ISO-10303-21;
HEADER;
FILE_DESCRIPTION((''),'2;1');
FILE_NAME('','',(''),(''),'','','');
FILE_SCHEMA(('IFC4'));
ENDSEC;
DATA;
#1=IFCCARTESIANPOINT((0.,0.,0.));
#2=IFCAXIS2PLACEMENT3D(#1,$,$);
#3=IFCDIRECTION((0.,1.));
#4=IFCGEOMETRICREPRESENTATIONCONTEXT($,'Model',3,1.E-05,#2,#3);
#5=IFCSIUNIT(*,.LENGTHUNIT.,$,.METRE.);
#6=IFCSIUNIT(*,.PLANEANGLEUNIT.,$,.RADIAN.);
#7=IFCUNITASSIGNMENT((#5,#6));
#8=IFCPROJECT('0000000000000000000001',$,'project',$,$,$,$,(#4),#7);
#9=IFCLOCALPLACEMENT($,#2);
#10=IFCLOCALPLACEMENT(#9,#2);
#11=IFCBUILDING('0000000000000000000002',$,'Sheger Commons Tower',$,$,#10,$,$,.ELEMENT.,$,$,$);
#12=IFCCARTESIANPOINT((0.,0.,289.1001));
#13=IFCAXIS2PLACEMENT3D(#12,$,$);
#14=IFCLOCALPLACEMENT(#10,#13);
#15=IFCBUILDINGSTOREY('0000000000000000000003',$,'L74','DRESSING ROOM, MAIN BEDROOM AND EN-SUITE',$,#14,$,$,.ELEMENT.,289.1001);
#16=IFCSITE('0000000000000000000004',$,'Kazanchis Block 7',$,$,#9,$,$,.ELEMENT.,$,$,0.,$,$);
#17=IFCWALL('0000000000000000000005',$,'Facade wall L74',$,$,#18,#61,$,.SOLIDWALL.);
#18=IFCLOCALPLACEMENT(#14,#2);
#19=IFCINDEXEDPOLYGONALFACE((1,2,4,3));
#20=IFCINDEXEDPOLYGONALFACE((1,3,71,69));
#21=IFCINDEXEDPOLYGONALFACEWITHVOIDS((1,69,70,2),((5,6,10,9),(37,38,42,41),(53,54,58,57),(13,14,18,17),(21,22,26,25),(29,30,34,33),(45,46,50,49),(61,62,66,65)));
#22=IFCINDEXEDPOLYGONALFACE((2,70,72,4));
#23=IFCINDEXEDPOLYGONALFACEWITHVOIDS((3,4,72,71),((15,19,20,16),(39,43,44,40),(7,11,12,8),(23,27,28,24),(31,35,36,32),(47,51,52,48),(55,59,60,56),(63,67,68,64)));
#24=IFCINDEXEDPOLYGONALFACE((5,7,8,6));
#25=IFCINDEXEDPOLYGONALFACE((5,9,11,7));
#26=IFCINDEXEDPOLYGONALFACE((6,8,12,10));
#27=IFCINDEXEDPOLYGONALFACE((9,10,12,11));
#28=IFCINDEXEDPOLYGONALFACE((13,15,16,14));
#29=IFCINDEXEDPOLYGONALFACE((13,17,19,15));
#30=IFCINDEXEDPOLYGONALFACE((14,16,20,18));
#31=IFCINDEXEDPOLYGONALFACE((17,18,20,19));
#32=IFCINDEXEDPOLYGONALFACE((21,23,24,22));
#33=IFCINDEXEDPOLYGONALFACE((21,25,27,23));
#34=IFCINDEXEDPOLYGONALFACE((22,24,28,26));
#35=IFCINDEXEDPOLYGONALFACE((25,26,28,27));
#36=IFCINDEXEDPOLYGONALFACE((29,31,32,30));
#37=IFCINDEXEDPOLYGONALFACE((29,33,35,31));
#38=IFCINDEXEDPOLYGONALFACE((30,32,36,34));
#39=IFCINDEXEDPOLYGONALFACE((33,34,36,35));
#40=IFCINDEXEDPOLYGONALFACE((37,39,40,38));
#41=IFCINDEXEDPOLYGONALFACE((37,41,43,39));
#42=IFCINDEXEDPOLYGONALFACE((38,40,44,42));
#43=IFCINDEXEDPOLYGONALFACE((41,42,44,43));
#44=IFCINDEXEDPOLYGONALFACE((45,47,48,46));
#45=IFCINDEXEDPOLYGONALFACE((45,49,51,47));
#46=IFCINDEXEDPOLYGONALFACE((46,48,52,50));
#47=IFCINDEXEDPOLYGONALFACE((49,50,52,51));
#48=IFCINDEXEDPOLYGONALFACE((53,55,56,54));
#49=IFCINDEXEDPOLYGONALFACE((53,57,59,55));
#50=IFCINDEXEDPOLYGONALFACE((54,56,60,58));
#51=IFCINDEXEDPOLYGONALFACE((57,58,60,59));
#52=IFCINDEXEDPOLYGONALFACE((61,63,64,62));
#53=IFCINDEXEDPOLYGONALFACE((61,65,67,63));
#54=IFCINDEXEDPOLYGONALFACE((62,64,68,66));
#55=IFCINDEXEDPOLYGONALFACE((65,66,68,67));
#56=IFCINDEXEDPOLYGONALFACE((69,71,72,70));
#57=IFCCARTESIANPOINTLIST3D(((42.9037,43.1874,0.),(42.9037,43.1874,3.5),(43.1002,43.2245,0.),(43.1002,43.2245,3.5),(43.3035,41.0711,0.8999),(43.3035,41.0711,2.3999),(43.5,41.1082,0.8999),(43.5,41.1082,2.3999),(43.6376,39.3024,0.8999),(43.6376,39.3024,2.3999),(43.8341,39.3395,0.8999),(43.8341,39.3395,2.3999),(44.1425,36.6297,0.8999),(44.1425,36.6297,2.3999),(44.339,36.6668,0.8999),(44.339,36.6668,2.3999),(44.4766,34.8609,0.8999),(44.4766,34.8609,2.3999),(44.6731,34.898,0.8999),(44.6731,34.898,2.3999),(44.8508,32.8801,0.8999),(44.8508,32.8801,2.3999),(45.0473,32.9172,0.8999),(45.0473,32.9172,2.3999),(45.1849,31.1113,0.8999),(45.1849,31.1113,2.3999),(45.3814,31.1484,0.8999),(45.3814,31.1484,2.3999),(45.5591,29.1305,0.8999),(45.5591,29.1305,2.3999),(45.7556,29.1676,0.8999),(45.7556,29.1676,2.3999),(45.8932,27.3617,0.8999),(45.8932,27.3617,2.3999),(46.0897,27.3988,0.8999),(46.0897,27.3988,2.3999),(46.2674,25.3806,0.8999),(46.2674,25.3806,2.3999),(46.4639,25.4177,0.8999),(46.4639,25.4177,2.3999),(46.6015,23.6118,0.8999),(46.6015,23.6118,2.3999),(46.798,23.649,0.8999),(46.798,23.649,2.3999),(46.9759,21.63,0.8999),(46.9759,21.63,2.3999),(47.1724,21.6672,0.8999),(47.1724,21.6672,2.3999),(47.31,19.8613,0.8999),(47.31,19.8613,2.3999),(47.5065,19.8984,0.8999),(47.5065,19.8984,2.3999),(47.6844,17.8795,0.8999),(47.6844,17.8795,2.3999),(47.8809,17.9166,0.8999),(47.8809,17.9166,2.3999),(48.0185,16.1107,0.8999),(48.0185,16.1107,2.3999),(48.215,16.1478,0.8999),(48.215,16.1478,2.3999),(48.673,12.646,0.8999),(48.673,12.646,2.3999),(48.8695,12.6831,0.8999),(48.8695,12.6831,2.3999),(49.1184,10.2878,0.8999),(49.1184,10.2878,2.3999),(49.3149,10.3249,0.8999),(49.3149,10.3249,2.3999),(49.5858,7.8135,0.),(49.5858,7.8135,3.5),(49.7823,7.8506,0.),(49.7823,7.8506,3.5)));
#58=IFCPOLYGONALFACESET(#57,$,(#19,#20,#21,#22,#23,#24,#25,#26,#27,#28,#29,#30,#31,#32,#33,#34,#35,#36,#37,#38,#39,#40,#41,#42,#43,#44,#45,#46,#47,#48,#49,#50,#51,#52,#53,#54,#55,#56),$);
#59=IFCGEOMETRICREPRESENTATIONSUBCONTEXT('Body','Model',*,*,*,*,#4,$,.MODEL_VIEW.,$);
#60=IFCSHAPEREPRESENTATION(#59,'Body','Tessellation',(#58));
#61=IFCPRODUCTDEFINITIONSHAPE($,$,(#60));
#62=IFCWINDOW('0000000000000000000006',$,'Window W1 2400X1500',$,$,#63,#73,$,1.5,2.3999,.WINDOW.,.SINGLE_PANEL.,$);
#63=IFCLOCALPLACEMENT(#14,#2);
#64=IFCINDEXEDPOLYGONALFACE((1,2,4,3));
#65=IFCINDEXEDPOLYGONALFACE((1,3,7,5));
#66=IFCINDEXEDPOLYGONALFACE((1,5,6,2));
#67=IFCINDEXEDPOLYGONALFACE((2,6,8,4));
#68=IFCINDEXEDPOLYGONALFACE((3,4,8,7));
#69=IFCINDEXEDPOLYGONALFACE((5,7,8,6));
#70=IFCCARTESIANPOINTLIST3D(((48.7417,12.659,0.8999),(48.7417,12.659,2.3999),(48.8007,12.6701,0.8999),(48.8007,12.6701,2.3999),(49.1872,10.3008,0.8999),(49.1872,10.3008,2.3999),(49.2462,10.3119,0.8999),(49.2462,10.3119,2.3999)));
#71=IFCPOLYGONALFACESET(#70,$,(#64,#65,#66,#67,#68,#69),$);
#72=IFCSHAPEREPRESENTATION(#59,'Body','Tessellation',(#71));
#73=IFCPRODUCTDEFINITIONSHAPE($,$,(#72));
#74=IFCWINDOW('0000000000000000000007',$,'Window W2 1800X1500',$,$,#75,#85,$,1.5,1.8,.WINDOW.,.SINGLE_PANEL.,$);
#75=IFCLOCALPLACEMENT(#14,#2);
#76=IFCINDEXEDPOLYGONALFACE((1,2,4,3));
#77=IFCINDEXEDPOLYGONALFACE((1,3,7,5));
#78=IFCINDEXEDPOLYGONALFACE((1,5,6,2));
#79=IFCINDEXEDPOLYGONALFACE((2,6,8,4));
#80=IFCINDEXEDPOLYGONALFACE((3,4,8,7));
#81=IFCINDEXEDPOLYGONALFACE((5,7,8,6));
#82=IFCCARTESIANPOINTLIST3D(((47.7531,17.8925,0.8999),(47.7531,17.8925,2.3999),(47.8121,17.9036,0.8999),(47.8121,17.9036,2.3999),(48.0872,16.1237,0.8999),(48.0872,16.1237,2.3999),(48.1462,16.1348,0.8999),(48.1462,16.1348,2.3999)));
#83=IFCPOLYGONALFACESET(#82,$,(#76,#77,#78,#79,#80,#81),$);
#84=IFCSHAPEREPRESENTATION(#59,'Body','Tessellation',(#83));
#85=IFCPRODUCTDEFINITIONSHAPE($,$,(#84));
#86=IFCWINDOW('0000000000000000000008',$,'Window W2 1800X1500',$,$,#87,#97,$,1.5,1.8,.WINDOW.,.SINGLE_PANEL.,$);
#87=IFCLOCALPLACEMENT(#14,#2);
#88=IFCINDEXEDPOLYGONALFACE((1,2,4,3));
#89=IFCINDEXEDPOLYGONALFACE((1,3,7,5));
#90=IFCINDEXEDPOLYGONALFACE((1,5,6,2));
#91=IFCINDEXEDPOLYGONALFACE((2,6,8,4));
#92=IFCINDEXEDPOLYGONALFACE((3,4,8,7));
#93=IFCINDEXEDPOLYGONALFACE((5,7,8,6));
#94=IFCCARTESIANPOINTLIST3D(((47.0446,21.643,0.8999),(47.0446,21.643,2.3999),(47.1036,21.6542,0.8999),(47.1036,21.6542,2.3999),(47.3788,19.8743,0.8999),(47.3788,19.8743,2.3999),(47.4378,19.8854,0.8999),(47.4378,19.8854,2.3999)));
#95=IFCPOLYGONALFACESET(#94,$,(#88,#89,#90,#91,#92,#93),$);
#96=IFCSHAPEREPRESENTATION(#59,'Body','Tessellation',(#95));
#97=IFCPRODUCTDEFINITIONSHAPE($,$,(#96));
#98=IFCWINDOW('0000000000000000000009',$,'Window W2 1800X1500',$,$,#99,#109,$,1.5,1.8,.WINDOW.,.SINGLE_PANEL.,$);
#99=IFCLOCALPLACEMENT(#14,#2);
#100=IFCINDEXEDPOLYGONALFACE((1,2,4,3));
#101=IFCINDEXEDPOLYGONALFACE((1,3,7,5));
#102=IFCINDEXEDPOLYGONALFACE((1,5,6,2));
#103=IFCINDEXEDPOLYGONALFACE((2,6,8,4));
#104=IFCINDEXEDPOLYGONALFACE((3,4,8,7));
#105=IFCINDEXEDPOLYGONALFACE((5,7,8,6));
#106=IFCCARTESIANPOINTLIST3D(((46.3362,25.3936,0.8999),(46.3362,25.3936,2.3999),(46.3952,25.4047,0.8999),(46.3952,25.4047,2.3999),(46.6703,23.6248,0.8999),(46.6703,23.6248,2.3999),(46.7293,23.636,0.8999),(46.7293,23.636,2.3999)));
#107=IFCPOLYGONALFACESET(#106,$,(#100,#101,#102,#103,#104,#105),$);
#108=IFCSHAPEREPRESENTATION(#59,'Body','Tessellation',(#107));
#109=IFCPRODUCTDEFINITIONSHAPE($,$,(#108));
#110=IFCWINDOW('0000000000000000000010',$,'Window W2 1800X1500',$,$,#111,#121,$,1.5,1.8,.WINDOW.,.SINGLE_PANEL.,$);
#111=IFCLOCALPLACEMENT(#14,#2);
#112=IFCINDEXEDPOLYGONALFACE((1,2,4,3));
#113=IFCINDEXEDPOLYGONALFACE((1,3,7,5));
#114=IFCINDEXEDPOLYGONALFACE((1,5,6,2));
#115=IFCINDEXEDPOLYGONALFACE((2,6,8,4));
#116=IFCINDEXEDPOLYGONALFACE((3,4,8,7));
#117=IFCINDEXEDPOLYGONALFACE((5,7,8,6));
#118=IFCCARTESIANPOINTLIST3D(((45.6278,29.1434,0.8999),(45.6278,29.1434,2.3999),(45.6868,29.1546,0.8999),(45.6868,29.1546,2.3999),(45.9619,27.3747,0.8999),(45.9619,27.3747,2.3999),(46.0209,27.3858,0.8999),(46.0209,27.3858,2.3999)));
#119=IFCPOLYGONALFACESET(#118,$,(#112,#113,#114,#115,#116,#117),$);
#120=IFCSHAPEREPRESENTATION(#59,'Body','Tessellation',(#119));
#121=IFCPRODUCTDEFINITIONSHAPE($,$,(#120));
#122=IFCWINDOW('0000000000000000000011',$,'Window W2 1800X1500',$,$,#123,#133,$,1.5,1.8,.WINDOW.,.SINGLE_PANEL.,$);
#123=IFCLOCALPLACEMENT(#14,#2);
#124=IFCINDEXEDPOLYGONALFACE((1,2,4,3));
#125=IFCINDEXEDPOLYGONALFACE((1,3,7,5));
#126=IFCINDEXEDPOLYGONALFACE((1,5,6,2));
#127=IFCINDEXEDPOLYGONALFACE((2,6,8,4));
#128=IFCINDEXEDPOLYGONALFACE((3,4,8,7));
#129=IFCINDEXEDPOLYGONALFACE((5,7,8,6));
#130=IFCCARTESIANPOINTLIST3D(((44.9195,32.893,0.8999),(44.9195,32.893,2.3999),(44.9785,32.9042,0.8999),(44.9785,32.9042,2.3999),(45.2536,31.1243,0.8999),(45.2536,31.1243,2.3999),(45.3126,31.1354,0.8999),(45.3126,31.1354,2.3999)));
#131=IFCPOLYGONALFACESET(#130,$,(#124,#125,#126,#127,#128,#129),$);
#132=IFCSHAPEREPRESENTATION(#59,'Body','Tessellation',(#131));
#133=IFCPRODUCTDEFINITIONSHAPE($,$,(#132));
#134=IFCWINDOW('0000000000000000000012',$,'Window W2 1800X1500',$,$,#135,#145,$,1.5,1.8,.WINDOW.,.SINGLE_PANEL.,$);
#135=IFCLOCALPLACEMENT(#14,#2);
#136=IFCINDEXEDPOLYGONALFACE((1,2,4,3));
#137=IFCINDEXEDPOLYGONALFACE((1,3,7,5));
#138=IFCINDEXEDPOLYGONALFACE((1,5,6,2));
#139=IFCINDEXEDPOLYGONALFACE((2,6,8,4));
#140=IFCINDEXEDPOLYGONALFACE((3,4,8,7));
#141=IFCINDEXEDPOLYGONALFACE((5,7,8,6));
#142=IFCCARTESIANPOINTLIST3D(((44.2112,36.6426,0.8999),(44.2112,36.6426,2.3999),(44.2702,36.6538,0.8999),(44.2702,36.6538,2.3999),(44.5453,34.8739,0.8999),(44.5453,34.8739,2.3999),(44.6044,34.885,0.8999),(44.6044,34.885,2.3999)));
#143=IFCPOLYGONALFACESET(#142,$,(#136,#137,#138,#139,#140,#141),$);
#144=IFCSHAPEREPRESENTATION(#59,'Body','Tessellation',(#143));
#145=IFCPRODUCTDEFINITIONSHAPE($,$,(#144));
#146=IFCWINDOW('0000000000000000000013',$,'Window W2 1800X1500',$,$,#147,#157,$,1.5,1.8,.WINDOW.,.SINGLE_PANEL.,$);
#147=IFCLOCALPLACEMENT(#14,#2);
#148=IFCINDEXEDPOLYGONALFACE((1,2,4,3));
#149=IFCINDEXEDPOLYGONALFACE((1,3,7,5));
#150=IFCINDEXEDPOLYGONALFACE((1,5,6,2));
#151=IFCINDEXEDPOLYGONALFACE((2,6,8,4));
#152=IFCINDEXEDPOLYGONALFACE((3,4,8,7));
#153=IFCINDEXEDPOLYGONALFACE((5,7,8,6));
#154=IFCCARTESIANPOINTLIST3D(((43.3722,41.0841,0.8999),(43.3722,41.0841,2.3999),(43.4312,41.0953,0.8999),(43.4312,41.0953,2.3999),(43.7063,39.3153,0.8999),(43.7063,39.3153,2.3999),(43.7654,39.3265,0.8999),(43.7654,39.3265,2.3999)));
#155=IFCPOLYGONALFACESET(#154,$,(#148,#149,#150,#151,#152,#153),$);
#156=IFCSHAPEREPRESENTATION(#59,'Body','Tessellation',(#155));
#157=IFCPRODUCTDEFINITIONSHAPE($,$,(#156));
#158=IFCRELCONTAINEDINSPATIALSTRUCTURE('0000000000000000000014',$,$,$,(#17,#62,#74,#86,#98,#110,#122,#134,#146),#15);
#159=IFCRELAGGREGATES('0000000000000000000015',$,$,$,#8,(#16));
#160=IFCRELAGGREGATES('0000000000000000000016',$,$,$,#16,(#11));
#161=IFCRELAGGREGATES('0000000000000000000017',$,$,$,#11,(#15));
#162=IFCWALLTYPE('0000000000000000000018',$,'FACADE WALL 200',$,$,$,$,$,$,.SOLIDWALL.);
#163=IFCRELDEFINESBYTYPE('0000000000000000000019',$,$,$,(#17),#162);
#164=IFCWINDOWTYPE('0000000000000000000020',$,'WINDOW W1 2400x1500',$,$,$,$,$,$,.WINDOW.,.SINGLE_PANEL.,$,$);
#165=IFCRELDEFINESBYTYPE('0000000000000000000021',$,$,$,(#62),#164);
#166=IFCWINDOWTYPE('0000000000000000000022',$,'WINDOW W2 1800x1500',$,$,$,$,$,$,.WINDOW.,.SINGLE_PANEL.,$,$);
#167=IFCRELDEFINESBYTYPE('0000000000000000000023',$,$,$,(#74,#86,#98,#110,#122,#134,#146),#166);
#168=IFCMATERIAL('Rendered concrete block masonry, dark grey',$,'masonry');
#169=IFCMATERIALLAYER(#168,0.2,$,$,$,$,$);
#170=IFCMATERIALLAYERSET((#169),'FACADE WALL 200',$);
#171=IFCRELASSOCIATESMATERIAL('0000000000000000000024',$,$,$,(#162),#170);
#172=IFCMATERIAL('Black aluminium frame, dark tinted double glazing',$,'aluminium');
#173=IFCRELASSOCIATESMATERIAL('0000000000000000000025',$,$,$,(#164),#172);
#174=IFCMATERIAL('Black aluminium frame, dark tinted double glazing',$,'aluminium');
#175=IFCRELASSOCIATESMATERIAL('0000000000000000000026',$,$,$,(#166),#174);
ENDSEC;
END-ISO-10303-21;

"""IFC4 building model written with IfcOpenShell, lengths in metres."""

from ifc_helpers import new_model, si_unit, direction, frame, frame_2d, origin, place, context, subcontext, project, spatial, rectangle, extrude, material, layer, layer_set, type_object, element, fill, save


model = new_model("IFC4")

# Units and contexts
model_context = context("Model", 3, precision=1e-05, world=origin(), true_north=direction((0.0, 1.0)))
body_context = subcontext(model_context, "Body", "Model", "MODEL_VIEW")
ifc_project = project(units=[si_unit("LENGTHUNIT", "METRE"), si_unit("PLANEANGLEUNIT", "RADIAN")], contexts=[model_context])

# Site, building, storey
site_placement = place(None, origin())
site = spatial("IfcSite", under=ifc_project, at=site_placement, Name="Kazanchis Block 7", CompositionType="ELEMENT", RefElevation=0.0)
building_placement = place(site_placement, origin())
building = spatial("IfcBuilding", under=site, at=building_placement, Name="Sheger Commons Tower", CompositionType="ELEMENT")
storey_placement = place(building_placement, frame((0.0, 0.0, 289.1001)))
storey = spatial("IfcBuildingStorey", under=building, at=storey_placement, Name="L74", Description="DRESSING ROOM, MAIN BEDROOM AND EN-SUITE", CompositionType="ELEMENT", Elevation=289.1001)

# Shared definitions
ifc_material_1 = material(Name="Rendered concrete block masonry, dark grey", Category="masonry")
ifc_layer_1 = layer(ifc_material_1, 0.2)
ifc_layer_set_1 = layer_set([ifc_layer_1], Name="FACADE WALL 200")
wall_type_1 = type_object("IfcWallType", Name="FACADE WALL 200", PredefinedType="SOLIDWALL", material=ifc_layer_set_1)

# Wall, openings, windows
wall_1_placement = place(storey_placement, frame((49.6841, 7.832, 0.0), z_axis=(0.0, 0.0, 1.0), x_axis=(-0.185617, 0.982622, 0.0)))
wall_1 = element("IfcWall", 1, at=wall_1_placement, inside=storey, type_object=wall_type_1, Name="Facade wall L74", PredefinedType="SOLIDWALL", context=body_context, shape_type="SweptSolid", body=[
    extrude(rectangle(XDim=35.9995, YDim=0.2, at=frame_2d((17.9998, 0.0))), origin(), (0.0, 0.0, 1.0), 3.5),
])
opening_1_placement = place(wall_1_placement, frame((2.5181, 0.0, 0.8999)))
opening_1 = element("IfcOpeningElement", 2, at=opening_1_placement, cuts=wall_1, PredefinedType="OPENING", context=body_context, shape_type="SweptSolid", body=[
    extrude(rectangle(XDim=2.3999, YDim=1.5, at=frame_2d((1.2, 0.75))), frame((0.0, 0.1099, 0.0), z_axis=(0.0, -1.0, 0.0), x_axis=(1.0, 0.0, 0.0)), (0.0, 0.0, 1.0), 0.22),
])
opening_2_placement = place(wall_1_placement, frame((8.4441, 0.0, 0.8999)))
opening_2 = element("IfcOpeningElement", 3, at=opening_2_placement, cuts=wall_1, PredefinedType="OPENING", context=body_context, shape_type="SweptSolid", body=[
    extrude(rectangle(XDim=1.8, YDim=1.5, at=frame_2d((0.8999, 0.75))), frame((0.0, 0.1099, 0.0), z_axis=(0.0, -1.0, 0.0), x_axis=(1.0, 0.0, 0.0)), (0.0, 0.0, 1.0), 0.22),
])
opening_3_placement = place(wall_1_placement, frame((12.261, 0.0, 0.8999)))
opening_3 = element("IfcOpeningElement", 4, at=opening_3_placement, cuts=wall_1, PredefinedType="OPENING", context=body_context, shape_type="SweptSolid", body=[
    extrude(rectangle(XDim=1.8, YDim=1.5, at=frame_2d((0.8999, 0.75))), frame((0.0, 0.1099, 0.0), z_axis=(0.0, -1.0, 0.0), x_axis=(1.0, 0.0, 0.0)), (0.0, 0.0, 1.0), 0.22),
])
opening_4_placement = place(wall_1_placement, frame((16.0779, 0.0, 0.8999)))
opening_4 = element("IfcOpeningElement", 5, at=opening_4_placement, cuts=wall_1, PredefinedType="OPENING", context=body_context, shape_type="SweptSolid", body=[
    extrude(rectangle(XDim=1.8, YDim=1.5, at=frame_2d((0.8999, 0.75))), frame((0.0, 0.1099, 0.0), z_axis=(0.0, -1.0, 0.0), x_axis=(1.0, 0.0, 0.0)), (0.0, 0.0, 1.0), 0.22),
])
opening_5_placement = place(wall_1_placement, frame((19.894, 0.0, 0.8999)))
opening_5 = element("IfcOpeningElement", 6, at=opening_5_placement, cuts=wall_1, PredefinedType="OPENING", context=body_context, shape_type="SweptSolid", body=[
    extrude(rectangle(XDim=1.8, YDim=1.5, at=frame_2d((0.8999, 0.75))), frame((0.0, 0.1099, 0.0), z_axis=(0.0, -1.0, 0.0), x_axis=(1.0, 0.0, 0.0)), (0.0, 0.0, 1.0), 0.22),
])
opening_6_placement = place(wall_1_placement, frame((23.71, 0.0, 0.8999)))
opening_6 = element("IfcOpeningElement", 7, at=opening_6_placement, cuts=wall_1, PredefinedType="OPENING", context=body_context, shape_type="SweptSolid", body=[
    extrude(rectangle(XDim=1.8, YDim=1.5, at=frame_2d((0.8999, 0.75))), frame((0.0, 0.1099, 0.0), z_axis=(0.0, -1.0, 0.0), x_axis=(1.0, 0.0, 0.0)), (0.0, 0.0, 1.0), 0.22),
])
opening_7_placement = place(wall_1_placement, frame((27.5259, 0.0, 0.8999)))
opening_7 = element("IfcOpeningElement", 8, at=opening_7_placement, cuts=wall_1, PredefinedType="OPENING", context=body_context, shape_type="SweptSolid", body=[
    extrude(rectangle(XDim=1.8, YDim=1.5, at=frame_2d((0.8999, 0.75))), frame((0.0, 0.1099, 0.0), z_axis=(0.0, -1.0, 0.0), x_axis=(1.0, 0.0, 0.0)), (0.0, 0.0, 1.0), 0.22),
])
opening_8_placement = place(wall_1_placement, frame((32.0459, 0.0, 0.8999)))
opening_8 = element("IfcOpeningElement", 9, at=opening_8_placement, cuts=wall_1, PredefinedType="OPENING", context=body_context, shape_type="SweptSolid", body=[
    extrude(rectangle(XDim=1.8, YDim=1.5, at=frame_2d((0.8999, 0.75))), frame((0.0, 0.1099, 0.0), z_axis=(0.0, -1.0, 0.0), x_axis=(1.0, 0.0, 0.0)), (0.0, 0.0, 1.0), 0.22),
])
ifc_material_2 = material(Name="Black aluminium frame, dark tinted double glazing", Category="aluminium")
window_type_1 = type_object("IfcWindowType", Name="WINDOW W1 2400x1500", PartitioningType="SINGLE_PANEL", PredefinedType="WINDOW", material=ifc_material_2)
window_1_placement = place(opening_1_placement, origin())
window_1 = element("IfcWindow", 10, at=window_1_placement, inside=storey, type_object=window_type_1, Name="Window W1 2400X1500", OverallHeight=1.5, OverallWidth=2.3999, PartitioningType="SINGLE_PANEL", PredefinedType="WINDOW", context=body_context, shape_type="SweptSolid", body=[
    extrude(rectangle(XDim=2.3999, YDim=1.5, at=frame_2d((1.2, 0.75))), frame((0.0, 0.03, 0.0), z_axis=(0.0, -1.0, 0.0), x_axis=(1.0, 0.0, 0.0)), (0.0, 0.0, 1.0), 0.0601),
])
fill(opening_1, window_1)
ifc_material_3 = material(Name="Black aluminium frame, dark tinted double glazing", Category="aluminium")
window_type_2 = type_object("IfcWindowType", Name="WINDOW W2 1800x1500", PartitioningType="SINGLE_PANEL", PredefinedType="WINDOW", material=ifc_material_3)
window_2_placement = place(opening_2_placement, origin())
window_2 = element("IfcWindow", 11, at=window_2_placement, inside=storey, type_object=window_type_2, Name="Window W2 1800X1500", OverallHeight=1.5, OverallWidth=1.8, PartitioningType="SINGLE_PANEL", PredefinedType="WINDOW", context=body_context, shape_type="SweptSolid", body=[
    extrude(rectangle(XDim=1.8, YDim=1.5, at=frame_2d((0.8999, 0.75))), frame((0.0, 0.03, 0.0), z_axis=(0.0, -1.0, 0.0), x_axis=(1.0, 0.0, 0.0)), (0.0, 0.0, 1.0), 0.0601),
])
fill(opening_2, window_2)
window_3_placement = place(opening_3_placement, origin())
window_3 = element("IfcWindow", 12, at=window_3_placement, inside=storey, type_object=window_type_2, Name="Window W2 1800X1500", OverallHeight=1.5, OverallWidth=1.8, PartitioningType="SINGLE_PANEL", PredefinedType="WINDOW", context=body_context, shape_type="SweptSolid", body=[
    extrude(rectangle(XDim=1.8, YDim=1.5, at=frame_2d((0.8999, 0.75))), frame((0.0, 0.03, 0.0), z_axis=(0.0, -1.0, 0.0), x_axis=(1.0, 0.0, 0.0)), (0.0, 0.0, 1.0), 0.0601),
])
fill(opening_3, window_3)
window_4_placement = place(opening_4_placement, origin())
window_4 = element("IfcWindow", 13, at=window_4_placement, inside=storey, type_object=window_type_2, Name="Window W2 1800X1500", OverallHeight=1.5, OverallWidth=1.8, PartitioningType="SINGLE_PANEL", PredefinedType="WINDOW", context=body_context, shape_type="SweptSolid", body=[
    extrude(rectangle(XDim=1.8, YDim=1.5, at=frame_2d((0.8999, 0.75))), frame((0.0, 0.03, 0.0), z_axis=(0.0, -1.0, 0.0), x_axis=(1.0, 0.0, 0.0)), (0.0, 0.0, 1.0), 0.0601),
])
fill(opening_4, window_4)
window_5_placement = place(opening_5_placement, origin())
window_5 = element("IfcWindow", 14, at=window_5_placement, inside=storey, type_object=window_type_2, Name="Window W2 1800X1500", OverallHeight=1.5, OverallWidth=1.8, PartitioningType="SINGLE_PANEL", PredefinedType="WINDOW", context=body_context, shape_type="SweptSolid", body=[
    extrude(rectangle(XDim=1.8, YDim=1.5, at=frame_2d((0.8999, 0.75))), frame((0.0, 0.03, 0.0), z_axis=(0.0, -1.0, 0.0), x_axis=(1.0, 0.0, 0.0)), (0.0, 0.0, 1.0), 0.0601),
])
fill(opening_5, window_5)
window_6_placement = place(opening_6_placement, origin())
window_6 = element("IfcWindow", 15, at=window_6_placement, inside=storey, type_object=window_type_2, Name="Window W2 1800X1500", OverallHeight=1.5, OverallWidth=1.8, PartitioningType="SINGLE_PANEL", PredefinedType="WINDOW", context=body_context, shape_type="SweptSolid", body=[
    extrude(rectangle(XDim=1.8, YDim=1.5, at=frame_2d((0.8999, 0.75))), frame((0.0, 0.03, 0.0), z_axis=(0.0, -1.0, 0.0), x_axis=(1.0, 0.0, 0.0)), (0.0, 0.0, 1.0), 0.0601),
])
fill(opening_6, window_6)
window_7_placement = place(opening_7_placement, origin())
window_7 = element("IfcWindow", 16, at=window_7_placement, inside=storey, type_object=window_type_2, Name="Window W2 1800X1500", OverallHeight=1.5, OverallWidth=1.8, PartitioningType="SINGLE_PANEL", PredefinedType="WINDOW", context=body_context, shape_type="SweptSolid", body=[
    extrude(rectangle(XDim=1.8, YDim=1.5, at=frame_2d((0.8999, 0.75))), frame((0.0, 0.03, 0.0), z_axis=(0.0, -1.0, 0.0), x_axis=(1.0, 0.0, 0.0)), (0.0, 0.0, 1.0), 0.0601),
])
fill(opening_7, window_7)
window_8_placement = place(opening_8_placement, origin())
window_8 = element("IfcWindow", 17, at=window_8_placement, inside=storey, type_object=window_type_2, Name="Window W2 1800X1500", OverallHeight=1.5, OverallWidth=1.8, PartitioningType="SINGLE_PANEL", PredefinedType="WINDOW", context=body_context, shape_type="SweptSolid", body=[
    extrude(rectangle(XDim=1.8, YDim=1.5, at=frame_2d((0.8999, 0.75))), frame((0.0, 0.03, 0.0), z_axis=(0.0, -1.0, 0.0), x_axis=(1.0, 0.0, 0.0)), (0.0, 0.0, 1.0), 0.0601),
])
fill(opening_8, window_8)

save(model, "model.ifc")
